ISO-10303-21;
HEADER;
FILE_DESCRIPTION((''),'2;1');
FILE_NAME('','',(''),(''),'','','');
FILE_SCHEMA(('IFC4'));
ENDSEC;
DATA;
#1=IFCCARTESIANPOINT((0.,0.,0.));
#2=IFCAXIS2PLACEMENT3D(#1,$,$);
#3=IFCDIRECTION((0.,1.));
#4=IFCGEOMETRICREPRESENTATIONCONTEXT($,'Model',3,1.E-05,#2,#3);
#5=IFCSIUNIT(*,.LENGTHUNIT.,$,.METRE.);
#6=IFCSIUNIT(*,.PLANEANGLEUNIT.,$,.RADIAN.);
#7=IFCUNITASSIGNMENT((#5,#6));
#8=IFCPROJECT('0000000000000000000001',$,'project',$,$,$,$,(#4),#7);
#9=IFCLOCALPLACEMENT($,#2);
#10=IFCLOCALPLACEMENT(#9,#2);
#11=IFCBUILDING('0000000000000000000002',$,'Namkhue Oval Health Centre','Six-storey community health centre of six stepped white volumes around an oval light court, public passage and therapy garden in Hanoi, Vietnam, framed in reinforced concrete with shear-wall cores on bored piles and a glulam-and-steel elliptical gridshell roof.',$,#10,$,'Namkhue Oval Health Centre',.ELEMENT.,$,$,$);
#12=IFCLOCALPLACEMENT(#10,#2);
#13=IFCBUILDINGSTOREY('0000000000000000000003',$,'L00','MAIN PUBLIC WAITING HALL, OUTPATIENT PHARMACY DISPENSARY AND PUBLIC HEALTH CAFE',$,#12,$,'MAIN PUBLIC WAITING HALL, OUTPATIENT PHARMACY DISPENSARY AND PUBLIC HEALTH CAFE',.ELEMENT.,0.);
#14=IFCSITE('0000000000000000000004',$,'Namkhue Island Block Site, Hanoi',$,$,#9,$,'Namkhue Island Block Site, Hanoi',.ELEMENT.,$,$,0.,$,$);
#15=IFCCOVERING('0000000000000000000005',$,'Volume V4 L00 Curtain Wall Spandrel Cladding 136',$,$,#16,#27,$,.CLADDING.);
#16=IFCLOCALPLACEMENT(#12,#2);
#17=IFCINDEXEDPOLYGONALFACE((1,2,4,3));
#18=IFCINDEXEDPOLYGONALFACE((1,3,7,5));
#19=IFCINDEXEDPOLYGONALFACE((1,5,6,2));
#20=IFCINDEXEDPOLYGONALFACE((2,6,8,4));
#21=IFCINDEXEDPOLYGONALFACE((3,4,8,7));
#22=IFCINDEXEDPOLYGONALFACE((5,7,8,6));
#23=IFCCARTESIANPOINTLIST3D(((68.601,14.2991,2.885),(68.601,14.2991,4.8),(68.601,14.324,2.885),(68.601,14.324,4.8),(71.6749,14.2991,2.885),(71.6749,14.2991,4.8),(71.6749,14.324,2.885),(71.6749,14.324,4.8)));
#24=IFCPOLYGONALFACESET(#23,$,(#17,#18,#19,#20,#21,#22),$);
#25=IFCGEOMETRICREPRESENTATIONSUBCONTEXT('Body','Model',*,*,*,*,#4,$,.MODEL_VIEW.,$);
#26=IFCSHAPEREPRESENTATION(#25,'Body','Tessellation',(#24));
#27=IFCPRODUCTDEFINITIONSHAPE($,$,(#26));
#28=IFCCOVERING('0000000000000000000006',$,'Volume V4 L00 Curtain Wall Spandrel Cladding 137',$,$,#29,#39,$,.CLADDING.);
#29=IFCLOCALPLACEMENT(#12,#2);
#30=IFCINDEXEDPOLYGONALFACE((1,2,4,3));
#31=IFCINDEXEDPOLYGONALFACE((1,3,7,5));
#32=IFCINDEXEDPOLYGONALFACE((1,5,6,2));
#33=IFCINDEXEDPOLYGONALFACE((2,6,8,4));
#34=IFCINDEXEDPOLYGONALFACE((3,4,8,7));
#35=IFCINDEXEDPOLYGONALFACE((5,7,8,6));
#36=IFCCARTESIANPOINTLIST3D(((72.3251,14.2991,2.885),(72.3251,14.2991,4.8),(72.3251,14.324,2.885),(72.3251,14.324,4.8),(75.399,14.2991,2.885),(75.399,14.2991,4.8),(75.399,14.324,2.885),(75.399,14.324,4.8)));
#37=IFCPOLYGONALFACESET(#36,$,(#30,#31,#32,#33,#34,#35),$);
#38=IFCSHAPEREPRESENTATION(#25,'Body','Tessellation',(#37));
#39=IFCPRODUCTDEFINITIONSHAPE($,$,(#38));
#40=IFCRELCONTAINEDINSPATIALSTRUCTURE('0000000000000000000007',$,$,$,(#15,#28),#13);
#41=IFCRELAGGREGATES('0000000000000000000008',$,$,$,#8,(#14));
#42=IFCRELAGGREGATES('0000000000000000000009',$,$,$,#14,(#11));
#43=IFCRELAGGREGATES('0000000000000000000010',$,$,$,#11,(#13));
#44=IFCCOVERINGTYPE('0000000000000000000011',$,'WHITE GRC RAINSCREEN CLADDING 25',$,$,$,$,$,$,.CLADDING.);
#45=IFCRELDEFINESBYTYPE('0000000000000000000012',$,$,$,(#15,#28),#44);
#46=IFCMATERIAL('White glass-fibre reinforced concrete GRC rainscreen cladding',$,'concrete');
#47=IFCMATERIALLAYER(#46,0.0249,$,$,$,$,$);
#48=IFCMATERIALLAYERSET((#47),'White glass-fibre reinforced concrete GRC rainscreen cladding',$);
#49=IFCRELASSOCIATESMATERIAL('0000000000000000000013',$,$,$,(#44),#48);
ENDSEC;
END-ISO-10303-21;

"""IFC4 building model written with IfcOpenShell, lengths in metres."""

from ifc_helpers import new_model, si_unit, direction, frame, origin, origin_2d, place, context, subcontext, project, spatial, rectangle, extrude, material, layer, layer_set, type_object, element, save


model = new_model("IFC4")

# Units and contexts
model_context = context("Model", 3, precision=1e-05, world=origin(), true_north=direction((0.0, 1.0)))
body_context = subcontext(model_context, "Body", "Model", "MODEL_VIEW")
ifc_project = project(units=[si_unit("LENGTHUNIT", "METRE"), si_unit("PLANEANGLEUNIT", "RADIAN")], contexts=[model_context])

# Site, building, storey
site_placement = place(None, origin())
site = spatial("IfcSite", under=ifc_project, at=site_placement, Name="Namkhue Island Block Site, Hanoi", LongName="Namkhue Island Block Site, Hanoi", CompositionType="ELEMENT", RefElevation=0.0)
building_placement = place(site_placement, origin())
building = spatial("IfcBuilding", under=site, at=building_placement, Name="Namkhue Oval Health Centre", Description="Six-storey community health centre of six stepped white volumes around an oval light court, public passage and therapy garden in Hanoi, Vietnam, framed in reinforced concrete with shear-wall cores on bored piles and a glulam-and-steel elliptical gridshell roof.", LongName="Namkhue Oval Health Centre", CompositionType="ELEMENT")
storey_placement = place(building_placement, origin())
storey = spatial("IfcBuildingStorey", under=building, at=storey_placement, Name="L00", Description="MAIN PUBLIC WAITING HALL, OUTPATIENT PHARMACY DISPENSARY AND PUBLIC HEALTH CAFE", LongName="MAIN PUBLIC WAITING HALL, OUTPATIENT PHARMACY DISPENSARY AND PUBLIC HEALTH CAFE", CompositionType="ELEMENT", Elevation=0.0)

# Coverings
ifc_material_1 = material(Name="White glass-fibre reinforced concrete GRC rainscreen cladding", Category="concrete")
ifc_layer_1 = layer(ifc_material_1, 0.0249)
ifc_layer_set_1 = layer_set([ifc_layer_1], Name="White glass-fibre reinforced concrete GRC rainscreen cladding")
covering_type = type_object("IfcCoveringType", Name="WHITE GRC RAINSCREEN CLADDING 25", PredefinedType="CLADDING", material=ifc_layer_set_1)
for number, where, z_axis, x_axis, name in (
    (1, (70.1379, 14.3115, 2.885), (0.0, 0.0, 1.0), (1.0, 0.0, 0.0), "Volume V4 L00 Curtain Wall Spandrel Cladding 136"),
    (2, (73.8621, 14.3115, 2.885), (0.0, 0.0, 1.0), (1.0, 0.0, 0.0), "Volume V4 L00 Curtain Wall Spandrel Cladding 137"),
):
    element("IfcCovering", number, at=place(storey_placement, frame(where, z_axis=z_axis, x_axis=x_axis)), inside=storey, type_object=covering_type, Name=name, PredefinedType="CLADDING", context=body_context, shape_type="SweptSolid", body=[
        extrude(rectangle(XDim=3.074, YDim=0.0249, at=origin_2d()), origin(), (0.0, 0.0, 1.0), 1.915),
    ])

save(model, "model.ifc")
